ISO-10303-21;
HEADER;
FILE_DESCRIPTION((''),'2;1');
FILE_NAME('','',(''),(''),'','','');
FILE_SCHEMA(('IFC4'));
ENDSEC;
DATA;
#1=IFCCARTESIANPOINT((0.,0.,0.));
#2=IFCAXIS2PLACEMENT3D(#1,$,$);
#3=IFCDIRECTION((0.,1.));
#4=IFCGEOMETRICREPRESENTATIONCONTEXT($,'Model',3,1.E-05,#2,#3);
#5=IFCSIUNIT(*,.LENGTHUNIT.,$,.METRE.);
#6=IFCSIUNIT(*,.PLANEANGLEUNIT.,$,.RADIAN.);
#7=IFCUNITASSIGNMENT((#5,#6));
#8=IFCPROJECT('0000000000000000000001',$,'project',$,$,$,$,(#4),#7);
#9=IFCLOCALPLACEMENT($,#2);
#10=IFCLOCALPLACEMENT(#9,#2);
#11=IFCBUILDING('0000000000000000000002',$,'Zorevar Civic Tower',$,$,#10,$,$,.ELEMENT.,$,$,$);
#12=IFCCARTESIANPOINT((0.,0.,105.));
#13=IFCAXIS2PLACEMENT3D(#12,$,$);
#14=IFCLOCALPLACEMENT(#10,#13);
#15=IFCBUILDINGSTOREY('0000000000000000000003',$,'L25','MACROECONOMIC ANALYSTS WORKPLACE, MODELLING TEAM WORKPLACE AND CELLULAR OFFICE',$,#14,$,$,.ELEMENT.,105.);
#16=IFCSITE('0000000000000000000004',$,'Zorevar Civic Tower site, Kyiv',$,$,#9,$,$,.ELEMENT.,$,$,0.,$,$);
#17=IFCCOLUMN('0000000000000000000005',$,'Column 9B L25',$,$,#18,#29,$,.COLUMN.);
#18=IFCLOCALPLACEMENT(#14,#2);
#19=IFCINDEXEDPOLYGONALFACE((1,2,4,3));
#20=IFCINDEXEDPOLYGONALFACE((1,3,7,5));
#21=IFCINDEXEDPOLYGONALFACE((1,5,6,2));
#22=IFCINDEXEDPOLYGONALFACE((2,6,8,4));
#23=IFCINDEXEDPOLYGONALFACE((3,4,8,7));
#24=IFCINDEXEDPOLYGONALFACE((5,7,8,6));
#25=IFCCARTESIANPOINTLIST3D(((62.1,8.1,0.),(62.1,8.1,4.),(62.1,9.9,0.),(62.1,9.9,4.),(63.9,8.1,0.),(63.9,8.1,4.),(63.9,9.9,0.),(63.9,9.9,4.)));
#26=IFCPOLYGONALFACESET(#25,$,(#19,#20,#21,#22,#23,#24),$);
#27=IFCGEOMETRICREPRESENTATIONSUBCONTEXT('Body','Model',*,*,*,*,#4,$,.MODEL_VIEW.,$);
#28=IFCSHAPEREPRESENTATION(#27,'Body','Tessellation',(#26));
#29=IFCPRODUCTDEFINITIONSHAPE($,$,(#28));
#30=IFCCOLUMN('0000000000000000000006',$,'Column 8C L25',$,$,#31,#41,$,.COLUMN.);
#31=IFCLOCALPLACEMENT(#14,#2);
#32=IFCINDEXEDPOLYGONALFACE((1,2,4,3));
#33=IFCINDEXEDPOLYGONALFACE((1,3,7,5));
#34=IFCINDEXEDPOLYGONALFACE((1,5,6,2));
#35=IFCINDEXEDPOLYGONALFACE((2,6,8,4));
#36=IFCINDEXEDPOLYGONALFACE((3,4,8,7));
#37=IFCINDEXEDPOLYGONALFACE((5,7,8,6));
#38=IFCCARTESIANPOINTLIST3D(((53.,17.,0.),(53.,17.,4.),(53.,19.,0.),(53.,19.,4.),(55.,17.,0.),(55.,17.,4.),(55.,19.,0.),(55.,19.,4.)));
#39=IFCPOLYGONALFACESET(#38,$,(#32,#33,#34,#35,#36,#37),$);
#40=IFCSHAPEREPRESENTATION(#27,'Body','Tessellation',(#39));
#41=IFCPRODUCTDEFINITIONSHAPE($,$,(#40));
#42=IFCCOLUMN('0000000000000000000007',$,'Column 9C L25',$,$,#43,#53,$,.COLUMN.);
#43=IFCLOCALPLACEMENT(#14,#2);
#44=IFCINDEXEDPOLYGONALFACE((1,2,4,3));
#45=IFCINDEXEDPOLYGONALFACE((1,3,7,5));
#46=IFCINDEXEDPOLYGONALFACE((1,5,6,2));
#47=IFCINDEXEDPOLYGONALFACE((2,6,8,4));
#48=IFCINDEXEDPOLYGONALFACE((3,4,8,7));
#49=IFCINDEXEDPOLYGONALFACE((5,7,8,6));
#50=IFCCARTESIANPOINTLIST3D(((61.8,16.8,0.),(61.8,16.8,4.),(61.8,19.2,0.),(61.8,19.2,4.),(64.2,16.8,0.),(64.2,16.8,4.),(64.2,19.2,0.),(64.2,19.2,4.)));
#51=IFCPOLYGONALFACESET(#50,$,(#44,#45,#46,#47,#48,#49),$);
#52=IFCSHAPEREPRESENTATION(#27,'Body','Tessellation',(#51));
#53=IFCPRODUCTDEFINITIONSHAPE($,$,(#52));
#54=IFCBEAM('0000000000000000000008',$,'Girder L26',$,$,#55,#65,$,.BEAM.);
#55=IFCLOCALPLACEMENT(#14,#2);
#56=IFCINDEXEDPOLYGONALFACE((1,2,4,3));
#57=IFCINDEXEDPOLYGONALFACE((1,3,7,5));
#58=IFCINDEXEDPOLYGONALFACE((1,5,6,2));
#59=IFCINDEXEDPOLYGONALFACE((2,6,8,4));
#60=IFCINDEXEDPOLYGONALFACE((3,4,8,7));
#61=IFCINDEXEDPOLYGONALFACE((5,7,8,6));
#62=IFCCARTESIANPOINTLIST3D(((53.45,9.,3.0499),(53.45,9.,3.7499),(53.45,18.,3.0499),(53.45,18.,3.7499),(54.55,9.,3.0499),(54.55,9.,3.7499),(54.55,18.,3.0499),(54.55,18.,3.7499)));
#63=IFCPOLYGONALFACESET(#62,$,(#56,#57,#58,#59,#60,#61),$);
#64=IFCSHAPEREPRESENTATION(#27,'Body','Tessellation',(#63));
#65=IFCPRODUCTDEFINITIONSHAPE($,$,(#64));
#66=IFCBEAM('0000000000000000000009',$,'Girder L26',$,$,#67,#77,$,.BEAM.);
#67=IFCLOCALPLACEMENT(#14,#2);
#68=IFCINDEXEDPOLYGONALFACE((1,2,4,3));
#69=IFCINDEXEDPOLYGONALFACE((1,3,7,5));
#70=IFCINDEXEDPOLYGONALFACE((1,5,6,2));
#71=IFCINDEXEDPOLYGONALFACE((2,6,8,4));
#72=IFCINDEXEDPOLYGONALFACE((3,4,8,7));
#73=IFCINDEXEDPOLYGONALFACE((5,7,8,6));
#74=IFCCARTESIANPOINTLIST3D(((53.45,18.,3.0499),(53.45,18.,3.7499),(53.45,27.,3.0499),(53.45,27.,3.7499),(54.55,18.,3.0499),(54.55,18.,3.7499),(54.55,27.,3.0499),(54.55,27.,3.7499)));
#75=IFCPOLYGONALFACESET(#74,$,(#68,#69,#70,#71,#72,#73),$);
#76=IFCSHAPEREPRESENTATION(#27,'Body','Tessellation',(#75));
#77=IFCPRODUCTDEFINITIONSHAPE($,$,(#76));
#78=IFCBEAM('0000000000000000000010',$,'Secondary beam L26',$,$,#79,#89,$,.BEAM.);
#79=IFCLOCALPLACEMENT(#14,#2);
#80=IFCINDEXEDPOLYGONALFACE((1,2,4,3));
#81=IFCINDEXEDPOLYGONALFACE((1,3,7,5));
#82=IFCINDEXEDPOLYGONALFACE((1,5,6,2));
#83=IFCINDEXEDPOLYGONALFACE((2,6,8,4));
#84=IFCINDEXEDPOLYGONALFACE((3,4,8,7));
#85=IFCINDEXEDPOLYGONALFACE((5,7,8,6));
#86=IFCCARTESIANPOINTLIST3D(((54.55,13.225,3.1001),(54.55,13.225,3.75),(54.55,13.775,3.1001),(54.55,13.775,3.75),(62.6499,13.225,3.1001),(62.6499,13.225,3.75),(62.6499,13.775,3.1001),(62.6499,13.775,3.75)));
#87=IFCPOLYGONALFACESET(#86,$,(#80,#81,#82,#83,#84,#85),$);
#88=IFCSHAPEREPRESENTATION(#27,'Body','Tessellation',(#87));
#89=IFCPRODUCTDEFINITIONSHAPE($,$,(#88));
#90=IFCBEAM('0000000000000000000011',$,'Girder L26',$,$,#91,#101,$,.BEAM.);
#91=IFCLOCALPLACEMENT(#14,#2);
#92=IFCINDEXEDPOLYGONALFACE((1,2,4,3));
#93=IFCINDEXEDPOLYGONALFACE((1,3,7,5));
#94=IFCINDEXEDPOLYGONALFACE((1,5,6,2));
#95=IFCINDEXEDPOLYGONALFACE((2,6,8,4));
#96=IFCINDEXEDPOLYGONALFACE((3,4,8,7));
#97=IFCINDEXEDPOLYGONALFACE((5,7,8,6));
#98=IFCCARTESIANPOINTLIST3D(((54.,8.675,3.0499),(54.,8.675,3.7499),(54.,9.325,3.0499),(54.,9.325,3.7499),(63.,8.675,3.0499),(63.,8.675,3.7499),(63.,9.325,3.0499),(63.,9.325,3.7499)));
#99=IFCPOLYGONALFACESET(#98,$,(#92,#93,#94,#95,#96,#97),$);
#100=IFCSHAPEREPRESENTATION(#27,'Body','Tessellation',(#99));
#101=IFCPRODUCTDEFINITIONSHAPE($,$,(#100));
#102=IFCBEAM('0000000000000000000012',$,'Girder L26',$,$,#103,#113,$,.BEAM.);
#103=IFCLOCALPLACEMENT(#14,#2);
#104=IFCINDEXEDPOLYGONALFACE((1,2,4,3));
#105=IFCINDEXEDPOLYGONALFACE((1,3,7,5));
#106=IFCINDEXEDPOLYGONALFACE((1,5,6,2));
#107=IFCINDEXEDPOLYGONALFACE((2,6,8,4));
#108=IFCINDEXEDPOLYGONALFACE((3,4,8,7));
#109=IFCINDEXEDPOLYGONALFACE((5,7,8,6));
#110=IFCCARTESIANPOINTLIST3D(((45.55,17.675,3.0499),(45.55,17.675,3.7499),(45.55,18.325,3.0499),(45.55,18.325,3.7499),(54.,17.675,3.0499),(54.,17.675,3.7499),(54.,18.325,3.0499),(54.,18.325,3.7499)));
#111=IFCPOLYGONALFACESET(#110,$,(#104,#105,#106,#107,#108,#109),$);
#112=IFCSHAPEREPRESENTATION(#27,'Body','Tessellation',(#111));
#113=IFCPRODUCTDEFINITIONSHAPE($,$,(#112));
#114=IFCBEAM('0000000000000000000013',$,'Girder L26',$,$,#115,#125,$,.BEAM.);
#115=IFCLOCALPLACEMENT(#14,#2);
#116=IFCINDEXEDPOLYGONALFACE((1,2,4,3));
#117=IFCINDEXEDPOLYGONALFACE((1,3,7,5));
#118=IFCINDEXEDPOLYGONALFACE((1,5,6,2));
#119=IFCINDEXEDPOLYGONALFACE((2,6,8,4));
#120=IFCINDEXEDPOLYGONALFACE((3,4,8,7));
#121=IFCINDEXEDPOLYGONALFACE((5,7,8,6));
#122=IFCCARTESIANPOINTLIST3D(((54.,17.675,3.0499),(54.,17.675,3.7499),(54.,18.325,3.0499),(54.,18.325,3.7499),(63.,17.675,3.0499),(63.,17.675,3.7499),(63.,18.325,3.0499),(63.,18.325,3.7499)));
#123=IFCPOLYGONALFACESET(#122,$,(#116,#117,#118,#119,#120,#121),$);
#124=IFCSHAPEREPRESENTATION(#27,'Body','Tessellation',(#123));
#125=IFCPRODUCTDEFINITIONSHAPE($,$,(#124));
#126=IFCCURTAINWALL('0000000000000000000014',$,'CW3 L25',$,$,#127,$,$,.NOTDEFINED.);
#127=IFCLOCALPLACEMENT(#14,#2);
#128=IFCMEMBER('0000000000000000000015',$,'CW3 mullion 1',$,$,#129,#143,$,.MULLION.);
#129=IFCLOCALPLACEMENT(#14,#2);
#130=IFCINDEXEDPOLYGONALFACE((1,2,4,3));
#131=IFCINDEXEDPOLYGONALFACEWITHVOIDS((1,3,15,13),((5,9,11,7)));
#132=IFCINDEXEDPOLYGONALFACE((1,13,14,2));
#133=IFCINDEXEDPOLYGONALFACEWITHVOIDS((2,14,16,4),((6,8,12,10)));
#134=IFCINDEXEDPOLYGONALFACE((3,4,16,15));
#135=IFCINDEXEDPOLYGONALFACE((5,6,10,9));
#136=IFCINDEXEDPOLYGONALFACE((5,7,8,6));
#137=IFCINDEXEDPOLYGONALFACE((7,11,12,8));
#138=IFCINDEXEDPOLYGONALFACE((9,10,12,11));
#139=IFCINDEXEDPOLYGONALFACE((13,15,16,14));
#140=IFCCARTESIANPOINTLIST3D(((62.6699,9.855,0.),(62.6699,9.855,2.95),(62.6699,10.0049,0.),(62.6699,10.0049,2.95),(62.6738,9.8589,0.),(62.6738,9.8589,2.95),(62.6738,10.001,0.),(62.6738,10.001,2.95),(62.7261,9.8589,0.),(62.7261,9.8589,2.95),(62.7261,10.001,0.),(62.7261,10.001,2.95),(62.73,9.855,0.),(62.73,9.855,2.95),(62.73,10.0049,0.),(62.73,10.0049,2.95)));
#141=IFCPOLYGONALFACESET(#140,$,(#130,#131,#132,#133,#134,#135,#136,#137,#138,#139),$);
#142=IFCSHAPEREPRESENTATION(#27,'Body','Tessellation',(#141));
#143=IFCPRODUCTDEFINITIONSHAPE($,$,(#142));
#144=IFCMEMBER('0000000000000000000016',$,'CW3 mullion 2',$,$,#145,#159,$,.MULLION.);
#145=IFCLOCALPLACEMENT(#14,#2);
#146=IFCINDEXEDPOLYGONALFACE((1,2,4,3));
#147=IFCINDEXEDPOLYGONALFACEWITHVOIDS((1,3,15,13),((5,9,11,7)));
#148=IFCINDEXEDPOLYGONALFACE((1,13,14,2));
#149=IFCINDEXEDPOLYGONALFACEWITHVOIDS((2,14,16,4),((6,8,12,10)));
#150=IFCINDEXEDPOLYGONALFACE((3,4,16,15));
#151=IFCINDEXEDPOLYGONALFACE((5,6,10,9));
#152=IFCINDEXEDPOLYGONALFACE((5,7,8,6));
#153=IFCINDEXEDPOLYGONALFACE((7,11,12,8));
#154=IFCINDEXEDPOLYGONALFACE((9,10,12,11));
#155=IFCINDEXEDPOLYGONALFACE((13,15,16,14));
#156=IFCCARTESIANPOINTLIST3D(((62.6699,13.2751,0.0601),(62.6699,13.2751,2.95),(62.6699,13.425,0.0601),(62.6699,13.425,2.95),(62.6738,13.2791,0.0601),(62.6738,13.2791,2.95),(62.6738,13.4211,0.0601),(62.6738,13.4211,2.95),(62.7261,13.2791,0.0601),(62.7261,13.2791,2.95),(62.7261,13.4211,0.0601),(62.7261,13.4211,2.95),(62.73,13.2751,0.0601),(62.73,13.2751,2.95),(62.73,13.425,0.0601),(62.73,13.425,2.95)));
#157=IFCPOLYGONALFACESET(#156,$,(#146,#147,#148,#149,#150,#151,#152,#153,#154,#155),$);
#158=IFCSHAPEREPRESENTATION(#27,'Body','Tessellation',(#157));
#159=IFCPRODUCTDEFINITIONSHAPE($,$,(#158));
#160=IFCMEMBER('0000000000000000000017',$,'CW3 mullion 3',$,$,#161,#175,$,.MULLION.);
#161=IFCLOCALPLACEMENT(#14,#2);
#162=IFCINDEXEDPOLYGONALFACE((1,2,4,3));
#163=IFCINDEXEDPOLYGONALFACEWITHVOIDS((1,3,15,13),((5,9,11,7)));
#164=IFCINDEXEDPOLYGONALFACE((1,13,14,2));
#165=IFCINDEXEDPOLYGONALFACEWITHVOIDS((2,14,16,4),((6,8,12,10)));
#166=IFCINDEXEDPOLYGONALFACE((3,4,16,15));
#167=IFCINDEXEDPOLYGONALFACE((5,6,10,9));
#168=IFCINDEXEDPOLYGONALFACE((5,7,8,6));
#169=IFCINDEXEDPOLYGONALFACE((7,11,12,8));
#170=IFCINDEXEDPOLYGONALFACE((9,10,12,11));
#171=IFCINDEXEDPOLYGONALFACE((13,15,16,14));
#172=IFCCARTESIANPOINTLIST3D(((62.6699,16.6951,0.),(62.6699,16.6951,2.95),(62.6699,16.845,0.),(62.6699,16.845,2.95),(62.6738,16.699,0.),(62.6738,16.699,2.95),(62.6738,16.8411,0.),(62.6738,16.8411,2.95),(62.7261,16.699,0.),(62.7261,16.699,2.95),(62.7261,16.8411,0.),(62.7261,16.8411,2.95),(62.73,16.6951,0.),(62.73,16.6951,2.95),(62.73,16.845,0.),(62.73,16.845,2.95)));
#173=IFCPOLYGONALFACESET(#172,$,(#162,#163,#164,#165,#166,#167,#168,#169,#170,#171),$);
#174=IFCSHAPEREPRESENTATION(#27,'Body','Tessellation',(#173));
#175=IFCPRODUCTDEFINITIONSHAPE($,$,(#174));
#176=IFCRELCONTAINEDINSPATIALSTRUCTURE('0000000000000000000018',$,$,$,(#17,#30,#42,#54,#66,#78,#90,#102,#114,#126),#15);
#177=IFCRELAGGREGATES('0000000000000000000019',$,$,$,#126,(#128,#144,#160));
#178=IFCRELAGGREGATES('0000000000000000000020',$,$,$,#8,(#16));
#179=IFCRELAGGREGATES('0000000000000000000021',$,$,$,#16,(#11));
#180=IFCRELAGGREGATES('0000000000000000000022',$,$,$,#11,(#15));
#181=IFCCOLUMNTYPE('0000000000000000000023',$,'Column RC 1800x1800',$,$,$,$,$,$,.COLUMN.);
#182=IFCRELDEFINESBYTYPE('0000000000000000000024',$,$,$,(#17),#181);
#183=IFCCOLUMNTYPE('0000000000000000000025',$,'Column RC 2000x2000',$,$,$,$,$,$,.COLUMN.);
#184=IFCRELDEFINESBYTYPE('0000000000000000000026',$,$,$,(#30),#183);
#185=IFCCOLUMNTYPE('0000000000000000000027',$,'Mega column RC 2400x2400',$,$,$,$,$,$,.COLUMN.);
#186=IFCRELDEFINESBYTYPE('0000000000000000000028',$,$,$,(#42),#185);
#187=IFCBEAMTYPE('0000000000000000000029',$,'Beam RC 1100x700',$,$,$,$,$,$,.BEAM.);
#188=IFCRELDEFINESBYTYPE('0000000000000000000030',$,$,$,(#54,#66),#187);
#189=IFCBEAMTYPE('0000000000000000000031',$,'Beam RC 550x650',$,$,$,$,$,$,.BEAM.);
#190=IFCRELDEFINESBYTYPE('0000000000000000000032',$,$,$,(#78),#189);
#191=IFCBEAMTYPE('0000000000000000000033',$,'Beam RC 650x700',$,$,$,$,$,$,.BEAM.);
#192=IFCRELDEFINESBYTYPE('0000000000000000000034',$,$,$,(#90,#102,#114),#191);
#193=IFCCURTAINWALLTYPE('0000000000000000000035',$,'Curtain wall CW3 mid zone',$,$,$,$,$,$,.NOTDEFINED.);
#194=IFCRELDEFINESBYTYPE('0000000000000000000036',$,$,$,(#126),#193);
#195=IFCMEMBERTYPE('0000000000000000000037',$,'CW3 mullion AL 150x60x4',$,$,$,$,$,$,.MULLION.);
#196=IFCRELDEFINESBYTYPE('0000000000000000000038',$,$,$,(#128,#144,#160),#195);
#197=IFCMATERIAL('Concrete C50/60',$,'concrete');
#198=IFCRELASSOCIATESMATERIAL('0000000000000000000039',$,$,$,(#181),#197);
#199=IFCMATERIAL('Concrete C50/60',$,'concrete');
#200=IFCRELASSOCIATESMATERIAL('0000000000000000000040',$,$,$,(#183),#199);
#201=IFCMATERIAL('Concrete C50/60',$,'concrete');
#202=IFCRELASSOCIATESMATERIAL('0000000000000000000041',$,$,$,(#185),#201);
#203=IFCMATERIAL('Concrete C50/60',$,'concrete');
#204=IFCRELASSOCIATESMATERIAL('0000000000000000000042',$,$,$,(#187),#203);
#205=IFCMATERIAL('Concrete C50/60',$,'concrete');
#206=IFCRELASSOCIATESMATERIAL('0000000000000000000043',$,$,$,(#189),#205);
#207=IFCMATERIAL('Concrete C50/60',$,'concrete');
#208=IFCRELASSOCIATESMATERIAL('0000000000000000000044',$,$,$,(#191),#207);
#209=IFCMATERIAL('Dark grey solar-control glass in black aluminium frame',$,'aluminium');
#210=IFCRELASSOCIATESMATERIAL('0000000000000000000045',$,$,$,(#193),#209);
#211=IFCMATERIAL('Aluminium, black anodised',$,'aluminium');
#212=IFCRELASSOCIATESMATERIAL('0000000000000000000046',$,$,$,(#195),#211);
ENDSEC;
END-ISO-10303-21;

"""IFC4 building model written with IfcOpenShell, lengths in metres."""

from ifc_helpers import new_model, si_unit, direction, frame, origin, origin_2d, place, context, subcontext, project, spatial, rectangle, hollow_rectangle, extrude, material, material_profile, profile_set, type_object, element, aggregate, save


model = new_model("IFC4")

# Units and contexts
model_context = context("Model", 3, precision=1e-05, world=origin(), true_north=direction((0.0, 1.0)))
body_context = subcontext(model_context, "Body", "Model", "MODEL_VIEW")
ifc_project = project(units=[si_unit("LENGTHUNIT", "METRE"), si_unit("PLANEANGLEUNIT", "RADIAN")], contexts=[model_context])

# Site, building, storey
site_placement = place(None, origin())
site = spatial("IfcSite", under=ifc_project, at=site_placement, Name="Zorevar Civic Tower site, Kyiv", CompositionType="ELEMENT", RefElevation=0.0)
building_placement = place(site_placement, origin())
building = spatial("IfcBuilding", under=site, at=building_placement, Name="Zorevar Civic Tower", CompositionType="ELEMENT")
storey_placement = place(building_placement, frame((0.0, 0.0, 105.0)))
storey = spatial("IfcBuildingStorey", under=building, at=storey_placement, Name="L25", Description="MACROECONOMIC ANALYSTS WORKPLACE, MODELLING TEAM WORKPLACE AND CELLULAR OFFICE", CompositionType="ELEMENT", Elevation=105.0)

# Columns
ifc_material_1 = material(Name="Concrete C50/60", Category="concrete")
ifc_material_profile_1 = material_profile(ifc_material_1, rectangle(XDim=1.8, YDim=1.8, at=origin_2d()), Name="RC 1800x1800")
ifc_profile_set_1 = profile_set([ifc_material_profile_1], Name="Concrete C50/60")
column_type_1 = type_object("IfcColumnType", Name="Column RC 1800x1800", PredefinedType="COLUMN", material=ifc_profile_set_1)
column_1_placement = place(storey_placement, frame((63.0, 9.0, 0.0), z_axis=(0.0, 0.0, 1.0), x_axis=(1.0, 0.0, 0.0)))
element("IfcColumn", 1, at=column_1_placement, inside=storey, type_object=column_type_1, Name="Column 9B L25", PredefinedType="COLUMN", context=body_context, shape_type="SweptSolid", body=[
    extrude(rectangle(XDim=1.8, YDim=1.8, at=origin_2d()), origin(), (0.0, 0.0, 1.0), 4.0),
])
ifc_material_2 = material(Name="Concrete C50/60", Category="concrete")
ifc_material_profile_2 = material_profile(ifc_material_2, rectangle(XDim=2.0, YDim=2.0, at=origin_2d()), Name="RC 2000x2000")
ifc_profile_set_2 = profile_set([ifc_material_profile_2], Name="Concrete C50/60")
column_type_2 = type_object("IfcColumnType", Name="Column RC 2000x2000", PredefinedType="COLUMN", material=ifc_profile_set_2)
column_2_placement = place(storey_placement, frame((54.0, 18.0, 0.0), z_axis=(0.0, 0.0, 1.0), x_axis=(1.0, 0.0, 0.0)))
element("IfcColumn", 2, at=column_2_placement, inside=storey, type_object=column_type_2, Name="Column 8C L25", PredefinedType="COLUMN", context=body_context, shape_type="SweptSolid", body=[
    extrude(rectangle(XDim=2.0, YDim=2.0, at=origin_2d()), origin(), (0.0, 0.0, 1.0), 4.0),
])
ifc_material_3 = material(Name="Concrete C50/60", Category="concrete")
ifc_material_profile_3 = material_profile(ifc_material_3, rectangle(XDim=2.3999, YDim=2.3999, at=origin_2d()), Name="RC 2400x2400")
ifc_profile_set_3 = profile_set([ifc_material_profile_3], Name="Concrete C50/60")
column_type_3 = type_object("IfcColumnType", Name="Mega column RC 2400x2400", PredefinedType="COLUMN", material=ifc_profile_set_3)
column_3_placement = place(storey_placement, frame((63.0, 18.0, 0.0), z_axis=(0.0, 0.0, 1.0), x_axis=(1.0, 0.0, 0.0)))
element("IfcColumn", 3, at=column_3_placement, inside=storey, type_object=column_type_3, Name="Column 9C L25", PredefinedType="COLUMN", context=body_context, shape_type="SweptSolid", body=[
    extrude(rectangle(XDim=2.3999, YDim=2.3999, at=origin_2d()), origin(), (0.0, 0.0, 1.0), 4.0),
])

# Beams
ifc_material_4 = material(Name="Concrete C50/60", Category="concrete")
ifc_material_profile_4 = material_profile(ifc_material_4, rectangle(XDim=1.1001, YDim=0.7, at=origin_2d()), Name="RC 1100x700")
ifc_profile_set_4 = profile_set([ifc_material_profile_4], Name="Concrete C50/60")
beam_type_1 = type_object("IfcBeamType", Name="Beam RC 1100x700", PredefinedType="BEAM", material=ifc_profile_set_4)
for number, where, z_axis, x_axis, name in (
    (4, (54.0, 9.0, 3.3999), (0.0, 1.0, 0.0), (-1.0, 0.0, 0.0), "Girder L26"),
    (5, (54.0, 18.0, 3.3999), (0.0, 1.0, 0.0), (-1.0, 0.0, 0.0), "Girder L26"),
):
    element("IfcBeam", number, at=place(storey_placement, frame(where, z_axis=z_axis, x_axis=x_axis)), inside=storey, type_object=beam_type_1, Name=name, PredefinedType="BEAM", context=body_context, shape_type="SweptSolid", body=[
        extrude(rectangle(XDim=1.1001, YDim=0.7, at=origin_2d()), origin(), (0.0, 0.0, 1.0), 9.0),
    ])
ifc_material_5 = material(Name="Concrete C50/60", Category="concrete")
ifc_material_profile_5 = material_profile(ifc_material_5, rectangle(XDim=0.55, YDim=0.6499, at=origin_2d()), Name="RC 550x650")
ifc_profile_set_5 = profile_set([ifc_material_profile_5], Name="Concrete C50/60")
beam_type_2 = type_object("IfcBeamType", Name="Beam RC 550x650", PredefinedType="BEAM", material=ifc_profile_set_5)
beam_1_placement = place(storey_placement, frame((54.55, 13.5, 3.425), z_axis=(1.0, 0.0, 0.0), x_axis=(0.0, 1.0, 0.0)))
element("IfcBeam", 6, at=beam_1_placement, inside=storey, type_object=beam_type_2, Name="Secondary beam L26", PredefinedType="BEAM", context=body_context, shape_type="SweptSolid", body=[
    extrude(rectangle(XDim=0.55, YDim=0.6499, at=origin_2d()), origin(), (0.0, 0.0, 1.0), 8.0999),
])
ifc_material_6 = material(Name="Concrete C50/60", Category="concrete")
ifc_material_profile_6 = material_profile(ifc_material_6, rectangle(XDim=0.6499, YDim=0.7, at=origin_2d()), Name="RC 650x700")
ifc_profile_set_6 = profile_set([ifc_material_profile_6], Name="Concrete C50/60")
beam_type_3 = type_object("IfcBeamType", Name="Beam RC 650x700", PredefinedType="BEAM", material=ifc_profile_set_6)
beam_2_placement = place(storey_placement, frame((54.0, 9.0, 3.3999), z_axis=(1.0, 0.0, 0.0), x_axis=(0.0, 1.0, 0.0)))
element("IfcBeam", 7, at=beam_2_placement, inside=storey, type_object=beam_type_3, Name="Girder L26", PredefinedType="BEAM", context=body_context, shape_type="SweptSolid", body=[
    extrude(rectangle(XDim=0.6499, YDim=0.7, at=origin_2d()), origin(), (0.0, 0.0, 1.0), 9.0),
])
beam_3_placement = place(storey_placement, frame((45.55, 18.0, 3.3999), z_axis=(1.0, 0.0, 0.0), x_axis=(0.0, 1.0, 0.0)))
element("IfcBeam", 8, at=beam_3_placement, inside=storey, type_object=beam_type_3, Name="Girder L26", PredefinedType="BEAM", context=body_context, shape_type="SweptSolid", body=[
    extrude(rectangle(XDim=0.6499, YDim=0.7, at=origin_2d()), origin(), (0.0, 0.0, 1.0), 8.45),
])
beam_4_placement = place(storey_placement, frame((54.0, 18.0, 3.3999), z_axis=(1.0, 0.0, 0.0), x_axis=(0.0, 1.0, 0.0)))
element("IfcBeam", 9, at=beam_4_placement, inside=storey, type_object=beam_type_3, Name="Girder L26", PredefinedType="BEAM", context=body_context, shape_type="SweptSolid", body=[
    extrude(rectangle(XDim=0.6499, YDim=0.7, at=origin_2d()), origin(), (0.0, 0.0, 1.0), 9.0),
])

# Curtain wall, members
ifc_material_7 = material(Name="Dark grey solar-control glass in black aluminium frame", Category="aluminium")
curtain_wall_type = type_object("IfcCurtainWallType", Name="Curtain wall CW3 mid zone", PredefinedType="NOTDEFINED", material=ifc_material_7)
curtain_wall_1_placement = place(storey_placement, origin())
curtain_wall_1 = element("IfcCurtainWall", 10, at=curtain_wall_1_placement, inside=storey, type_object=curtain_wall_type, Name="CW3 L25", PredefinedType="NOTDEFINED")
ifc_material_8 = material(Name="Aluminium, black anodised", Category="aluminium")
ifc_material_profile_7 = material_profile(ifc_material_8, hollow_rectangle(XDim=0.0601, YDim=0.1499, WallThickness=0.0039, at=origin_2d()), Name="AL 150x60x4")
ifc_profile_set_7 = profile_set([ifc_material_profile_7], Name="Aluminium, black anodised")
member_type_1 = type_object("IfcMemberType", Name="CW3 mullion AL 150x60x4", PredefinedType="MULLION", material=ifc_profile_set_7)
member_1_placement = place(storey_placement, frame((62.7, 9.9299, 0.0), z_axis=(0.0, 0.0, 1.0), x_axis=(-1.0, 0.0, 0.0)))
member_1 = element("IfcMember", 11, at=member_1_placement, type_object=member_type_1, Name="CW3 mullion 1", PredefinedType="MULLION", context=body_context, shape_type="SweptSolid", body=[
    extrude(hollow_rectangle(XDim=0.0601, YDim=0.1499, WallThickness=0.0039, at=origin_2d()), origin(), (0.0, 0.0, 1.0), 2.95),
])
member_2_placement = place(storey_placement, frame((62.7, 13.3501, 0.0601), z_axis=(0.0, 0.0, 1.0), x_axis=(-1.0, 0.0, 0.0)))
member_2 = element("IfcMember", 12, at=member_2_placement, type_object=member_type_1, Name="CW3 mullion 2", PredefinedType="MULLION", context=body_context, shape_type="SweptSolid", body=[
    extrude(hollow_rectangle(XDim=0.0601, YDim=0.1499, WallThickness=0.0039, at=origin_2d()), origin(), (0.0, 0.0, 1.0), 2.8899),
])
member_3_placement = place(storey_placement, frame((62.7, 16.77, 0.0), z_axis=(0.0, 0.0, 1.0), x_axis=(-1.0, 0.0, 0.0)))
member_3 = element("IfcMember", 13, at=member_3_placement, type_object=member_type_1, Name="CW3 mullion 3", PredefinedType="MULLION", context=body_context, shape_type="SweptSolid", body=[
    extrude(hollow_rectangle(XDim=0.0601, YDim=0.1499, WallThickness=0.0039, at=origin_2d()), origin(), (0.0, 0.0, 1.0), 2.95),
])

aggregate(curtain_wall_1, [member_1, member_2, member_3])

save(model, "model.ifc")
